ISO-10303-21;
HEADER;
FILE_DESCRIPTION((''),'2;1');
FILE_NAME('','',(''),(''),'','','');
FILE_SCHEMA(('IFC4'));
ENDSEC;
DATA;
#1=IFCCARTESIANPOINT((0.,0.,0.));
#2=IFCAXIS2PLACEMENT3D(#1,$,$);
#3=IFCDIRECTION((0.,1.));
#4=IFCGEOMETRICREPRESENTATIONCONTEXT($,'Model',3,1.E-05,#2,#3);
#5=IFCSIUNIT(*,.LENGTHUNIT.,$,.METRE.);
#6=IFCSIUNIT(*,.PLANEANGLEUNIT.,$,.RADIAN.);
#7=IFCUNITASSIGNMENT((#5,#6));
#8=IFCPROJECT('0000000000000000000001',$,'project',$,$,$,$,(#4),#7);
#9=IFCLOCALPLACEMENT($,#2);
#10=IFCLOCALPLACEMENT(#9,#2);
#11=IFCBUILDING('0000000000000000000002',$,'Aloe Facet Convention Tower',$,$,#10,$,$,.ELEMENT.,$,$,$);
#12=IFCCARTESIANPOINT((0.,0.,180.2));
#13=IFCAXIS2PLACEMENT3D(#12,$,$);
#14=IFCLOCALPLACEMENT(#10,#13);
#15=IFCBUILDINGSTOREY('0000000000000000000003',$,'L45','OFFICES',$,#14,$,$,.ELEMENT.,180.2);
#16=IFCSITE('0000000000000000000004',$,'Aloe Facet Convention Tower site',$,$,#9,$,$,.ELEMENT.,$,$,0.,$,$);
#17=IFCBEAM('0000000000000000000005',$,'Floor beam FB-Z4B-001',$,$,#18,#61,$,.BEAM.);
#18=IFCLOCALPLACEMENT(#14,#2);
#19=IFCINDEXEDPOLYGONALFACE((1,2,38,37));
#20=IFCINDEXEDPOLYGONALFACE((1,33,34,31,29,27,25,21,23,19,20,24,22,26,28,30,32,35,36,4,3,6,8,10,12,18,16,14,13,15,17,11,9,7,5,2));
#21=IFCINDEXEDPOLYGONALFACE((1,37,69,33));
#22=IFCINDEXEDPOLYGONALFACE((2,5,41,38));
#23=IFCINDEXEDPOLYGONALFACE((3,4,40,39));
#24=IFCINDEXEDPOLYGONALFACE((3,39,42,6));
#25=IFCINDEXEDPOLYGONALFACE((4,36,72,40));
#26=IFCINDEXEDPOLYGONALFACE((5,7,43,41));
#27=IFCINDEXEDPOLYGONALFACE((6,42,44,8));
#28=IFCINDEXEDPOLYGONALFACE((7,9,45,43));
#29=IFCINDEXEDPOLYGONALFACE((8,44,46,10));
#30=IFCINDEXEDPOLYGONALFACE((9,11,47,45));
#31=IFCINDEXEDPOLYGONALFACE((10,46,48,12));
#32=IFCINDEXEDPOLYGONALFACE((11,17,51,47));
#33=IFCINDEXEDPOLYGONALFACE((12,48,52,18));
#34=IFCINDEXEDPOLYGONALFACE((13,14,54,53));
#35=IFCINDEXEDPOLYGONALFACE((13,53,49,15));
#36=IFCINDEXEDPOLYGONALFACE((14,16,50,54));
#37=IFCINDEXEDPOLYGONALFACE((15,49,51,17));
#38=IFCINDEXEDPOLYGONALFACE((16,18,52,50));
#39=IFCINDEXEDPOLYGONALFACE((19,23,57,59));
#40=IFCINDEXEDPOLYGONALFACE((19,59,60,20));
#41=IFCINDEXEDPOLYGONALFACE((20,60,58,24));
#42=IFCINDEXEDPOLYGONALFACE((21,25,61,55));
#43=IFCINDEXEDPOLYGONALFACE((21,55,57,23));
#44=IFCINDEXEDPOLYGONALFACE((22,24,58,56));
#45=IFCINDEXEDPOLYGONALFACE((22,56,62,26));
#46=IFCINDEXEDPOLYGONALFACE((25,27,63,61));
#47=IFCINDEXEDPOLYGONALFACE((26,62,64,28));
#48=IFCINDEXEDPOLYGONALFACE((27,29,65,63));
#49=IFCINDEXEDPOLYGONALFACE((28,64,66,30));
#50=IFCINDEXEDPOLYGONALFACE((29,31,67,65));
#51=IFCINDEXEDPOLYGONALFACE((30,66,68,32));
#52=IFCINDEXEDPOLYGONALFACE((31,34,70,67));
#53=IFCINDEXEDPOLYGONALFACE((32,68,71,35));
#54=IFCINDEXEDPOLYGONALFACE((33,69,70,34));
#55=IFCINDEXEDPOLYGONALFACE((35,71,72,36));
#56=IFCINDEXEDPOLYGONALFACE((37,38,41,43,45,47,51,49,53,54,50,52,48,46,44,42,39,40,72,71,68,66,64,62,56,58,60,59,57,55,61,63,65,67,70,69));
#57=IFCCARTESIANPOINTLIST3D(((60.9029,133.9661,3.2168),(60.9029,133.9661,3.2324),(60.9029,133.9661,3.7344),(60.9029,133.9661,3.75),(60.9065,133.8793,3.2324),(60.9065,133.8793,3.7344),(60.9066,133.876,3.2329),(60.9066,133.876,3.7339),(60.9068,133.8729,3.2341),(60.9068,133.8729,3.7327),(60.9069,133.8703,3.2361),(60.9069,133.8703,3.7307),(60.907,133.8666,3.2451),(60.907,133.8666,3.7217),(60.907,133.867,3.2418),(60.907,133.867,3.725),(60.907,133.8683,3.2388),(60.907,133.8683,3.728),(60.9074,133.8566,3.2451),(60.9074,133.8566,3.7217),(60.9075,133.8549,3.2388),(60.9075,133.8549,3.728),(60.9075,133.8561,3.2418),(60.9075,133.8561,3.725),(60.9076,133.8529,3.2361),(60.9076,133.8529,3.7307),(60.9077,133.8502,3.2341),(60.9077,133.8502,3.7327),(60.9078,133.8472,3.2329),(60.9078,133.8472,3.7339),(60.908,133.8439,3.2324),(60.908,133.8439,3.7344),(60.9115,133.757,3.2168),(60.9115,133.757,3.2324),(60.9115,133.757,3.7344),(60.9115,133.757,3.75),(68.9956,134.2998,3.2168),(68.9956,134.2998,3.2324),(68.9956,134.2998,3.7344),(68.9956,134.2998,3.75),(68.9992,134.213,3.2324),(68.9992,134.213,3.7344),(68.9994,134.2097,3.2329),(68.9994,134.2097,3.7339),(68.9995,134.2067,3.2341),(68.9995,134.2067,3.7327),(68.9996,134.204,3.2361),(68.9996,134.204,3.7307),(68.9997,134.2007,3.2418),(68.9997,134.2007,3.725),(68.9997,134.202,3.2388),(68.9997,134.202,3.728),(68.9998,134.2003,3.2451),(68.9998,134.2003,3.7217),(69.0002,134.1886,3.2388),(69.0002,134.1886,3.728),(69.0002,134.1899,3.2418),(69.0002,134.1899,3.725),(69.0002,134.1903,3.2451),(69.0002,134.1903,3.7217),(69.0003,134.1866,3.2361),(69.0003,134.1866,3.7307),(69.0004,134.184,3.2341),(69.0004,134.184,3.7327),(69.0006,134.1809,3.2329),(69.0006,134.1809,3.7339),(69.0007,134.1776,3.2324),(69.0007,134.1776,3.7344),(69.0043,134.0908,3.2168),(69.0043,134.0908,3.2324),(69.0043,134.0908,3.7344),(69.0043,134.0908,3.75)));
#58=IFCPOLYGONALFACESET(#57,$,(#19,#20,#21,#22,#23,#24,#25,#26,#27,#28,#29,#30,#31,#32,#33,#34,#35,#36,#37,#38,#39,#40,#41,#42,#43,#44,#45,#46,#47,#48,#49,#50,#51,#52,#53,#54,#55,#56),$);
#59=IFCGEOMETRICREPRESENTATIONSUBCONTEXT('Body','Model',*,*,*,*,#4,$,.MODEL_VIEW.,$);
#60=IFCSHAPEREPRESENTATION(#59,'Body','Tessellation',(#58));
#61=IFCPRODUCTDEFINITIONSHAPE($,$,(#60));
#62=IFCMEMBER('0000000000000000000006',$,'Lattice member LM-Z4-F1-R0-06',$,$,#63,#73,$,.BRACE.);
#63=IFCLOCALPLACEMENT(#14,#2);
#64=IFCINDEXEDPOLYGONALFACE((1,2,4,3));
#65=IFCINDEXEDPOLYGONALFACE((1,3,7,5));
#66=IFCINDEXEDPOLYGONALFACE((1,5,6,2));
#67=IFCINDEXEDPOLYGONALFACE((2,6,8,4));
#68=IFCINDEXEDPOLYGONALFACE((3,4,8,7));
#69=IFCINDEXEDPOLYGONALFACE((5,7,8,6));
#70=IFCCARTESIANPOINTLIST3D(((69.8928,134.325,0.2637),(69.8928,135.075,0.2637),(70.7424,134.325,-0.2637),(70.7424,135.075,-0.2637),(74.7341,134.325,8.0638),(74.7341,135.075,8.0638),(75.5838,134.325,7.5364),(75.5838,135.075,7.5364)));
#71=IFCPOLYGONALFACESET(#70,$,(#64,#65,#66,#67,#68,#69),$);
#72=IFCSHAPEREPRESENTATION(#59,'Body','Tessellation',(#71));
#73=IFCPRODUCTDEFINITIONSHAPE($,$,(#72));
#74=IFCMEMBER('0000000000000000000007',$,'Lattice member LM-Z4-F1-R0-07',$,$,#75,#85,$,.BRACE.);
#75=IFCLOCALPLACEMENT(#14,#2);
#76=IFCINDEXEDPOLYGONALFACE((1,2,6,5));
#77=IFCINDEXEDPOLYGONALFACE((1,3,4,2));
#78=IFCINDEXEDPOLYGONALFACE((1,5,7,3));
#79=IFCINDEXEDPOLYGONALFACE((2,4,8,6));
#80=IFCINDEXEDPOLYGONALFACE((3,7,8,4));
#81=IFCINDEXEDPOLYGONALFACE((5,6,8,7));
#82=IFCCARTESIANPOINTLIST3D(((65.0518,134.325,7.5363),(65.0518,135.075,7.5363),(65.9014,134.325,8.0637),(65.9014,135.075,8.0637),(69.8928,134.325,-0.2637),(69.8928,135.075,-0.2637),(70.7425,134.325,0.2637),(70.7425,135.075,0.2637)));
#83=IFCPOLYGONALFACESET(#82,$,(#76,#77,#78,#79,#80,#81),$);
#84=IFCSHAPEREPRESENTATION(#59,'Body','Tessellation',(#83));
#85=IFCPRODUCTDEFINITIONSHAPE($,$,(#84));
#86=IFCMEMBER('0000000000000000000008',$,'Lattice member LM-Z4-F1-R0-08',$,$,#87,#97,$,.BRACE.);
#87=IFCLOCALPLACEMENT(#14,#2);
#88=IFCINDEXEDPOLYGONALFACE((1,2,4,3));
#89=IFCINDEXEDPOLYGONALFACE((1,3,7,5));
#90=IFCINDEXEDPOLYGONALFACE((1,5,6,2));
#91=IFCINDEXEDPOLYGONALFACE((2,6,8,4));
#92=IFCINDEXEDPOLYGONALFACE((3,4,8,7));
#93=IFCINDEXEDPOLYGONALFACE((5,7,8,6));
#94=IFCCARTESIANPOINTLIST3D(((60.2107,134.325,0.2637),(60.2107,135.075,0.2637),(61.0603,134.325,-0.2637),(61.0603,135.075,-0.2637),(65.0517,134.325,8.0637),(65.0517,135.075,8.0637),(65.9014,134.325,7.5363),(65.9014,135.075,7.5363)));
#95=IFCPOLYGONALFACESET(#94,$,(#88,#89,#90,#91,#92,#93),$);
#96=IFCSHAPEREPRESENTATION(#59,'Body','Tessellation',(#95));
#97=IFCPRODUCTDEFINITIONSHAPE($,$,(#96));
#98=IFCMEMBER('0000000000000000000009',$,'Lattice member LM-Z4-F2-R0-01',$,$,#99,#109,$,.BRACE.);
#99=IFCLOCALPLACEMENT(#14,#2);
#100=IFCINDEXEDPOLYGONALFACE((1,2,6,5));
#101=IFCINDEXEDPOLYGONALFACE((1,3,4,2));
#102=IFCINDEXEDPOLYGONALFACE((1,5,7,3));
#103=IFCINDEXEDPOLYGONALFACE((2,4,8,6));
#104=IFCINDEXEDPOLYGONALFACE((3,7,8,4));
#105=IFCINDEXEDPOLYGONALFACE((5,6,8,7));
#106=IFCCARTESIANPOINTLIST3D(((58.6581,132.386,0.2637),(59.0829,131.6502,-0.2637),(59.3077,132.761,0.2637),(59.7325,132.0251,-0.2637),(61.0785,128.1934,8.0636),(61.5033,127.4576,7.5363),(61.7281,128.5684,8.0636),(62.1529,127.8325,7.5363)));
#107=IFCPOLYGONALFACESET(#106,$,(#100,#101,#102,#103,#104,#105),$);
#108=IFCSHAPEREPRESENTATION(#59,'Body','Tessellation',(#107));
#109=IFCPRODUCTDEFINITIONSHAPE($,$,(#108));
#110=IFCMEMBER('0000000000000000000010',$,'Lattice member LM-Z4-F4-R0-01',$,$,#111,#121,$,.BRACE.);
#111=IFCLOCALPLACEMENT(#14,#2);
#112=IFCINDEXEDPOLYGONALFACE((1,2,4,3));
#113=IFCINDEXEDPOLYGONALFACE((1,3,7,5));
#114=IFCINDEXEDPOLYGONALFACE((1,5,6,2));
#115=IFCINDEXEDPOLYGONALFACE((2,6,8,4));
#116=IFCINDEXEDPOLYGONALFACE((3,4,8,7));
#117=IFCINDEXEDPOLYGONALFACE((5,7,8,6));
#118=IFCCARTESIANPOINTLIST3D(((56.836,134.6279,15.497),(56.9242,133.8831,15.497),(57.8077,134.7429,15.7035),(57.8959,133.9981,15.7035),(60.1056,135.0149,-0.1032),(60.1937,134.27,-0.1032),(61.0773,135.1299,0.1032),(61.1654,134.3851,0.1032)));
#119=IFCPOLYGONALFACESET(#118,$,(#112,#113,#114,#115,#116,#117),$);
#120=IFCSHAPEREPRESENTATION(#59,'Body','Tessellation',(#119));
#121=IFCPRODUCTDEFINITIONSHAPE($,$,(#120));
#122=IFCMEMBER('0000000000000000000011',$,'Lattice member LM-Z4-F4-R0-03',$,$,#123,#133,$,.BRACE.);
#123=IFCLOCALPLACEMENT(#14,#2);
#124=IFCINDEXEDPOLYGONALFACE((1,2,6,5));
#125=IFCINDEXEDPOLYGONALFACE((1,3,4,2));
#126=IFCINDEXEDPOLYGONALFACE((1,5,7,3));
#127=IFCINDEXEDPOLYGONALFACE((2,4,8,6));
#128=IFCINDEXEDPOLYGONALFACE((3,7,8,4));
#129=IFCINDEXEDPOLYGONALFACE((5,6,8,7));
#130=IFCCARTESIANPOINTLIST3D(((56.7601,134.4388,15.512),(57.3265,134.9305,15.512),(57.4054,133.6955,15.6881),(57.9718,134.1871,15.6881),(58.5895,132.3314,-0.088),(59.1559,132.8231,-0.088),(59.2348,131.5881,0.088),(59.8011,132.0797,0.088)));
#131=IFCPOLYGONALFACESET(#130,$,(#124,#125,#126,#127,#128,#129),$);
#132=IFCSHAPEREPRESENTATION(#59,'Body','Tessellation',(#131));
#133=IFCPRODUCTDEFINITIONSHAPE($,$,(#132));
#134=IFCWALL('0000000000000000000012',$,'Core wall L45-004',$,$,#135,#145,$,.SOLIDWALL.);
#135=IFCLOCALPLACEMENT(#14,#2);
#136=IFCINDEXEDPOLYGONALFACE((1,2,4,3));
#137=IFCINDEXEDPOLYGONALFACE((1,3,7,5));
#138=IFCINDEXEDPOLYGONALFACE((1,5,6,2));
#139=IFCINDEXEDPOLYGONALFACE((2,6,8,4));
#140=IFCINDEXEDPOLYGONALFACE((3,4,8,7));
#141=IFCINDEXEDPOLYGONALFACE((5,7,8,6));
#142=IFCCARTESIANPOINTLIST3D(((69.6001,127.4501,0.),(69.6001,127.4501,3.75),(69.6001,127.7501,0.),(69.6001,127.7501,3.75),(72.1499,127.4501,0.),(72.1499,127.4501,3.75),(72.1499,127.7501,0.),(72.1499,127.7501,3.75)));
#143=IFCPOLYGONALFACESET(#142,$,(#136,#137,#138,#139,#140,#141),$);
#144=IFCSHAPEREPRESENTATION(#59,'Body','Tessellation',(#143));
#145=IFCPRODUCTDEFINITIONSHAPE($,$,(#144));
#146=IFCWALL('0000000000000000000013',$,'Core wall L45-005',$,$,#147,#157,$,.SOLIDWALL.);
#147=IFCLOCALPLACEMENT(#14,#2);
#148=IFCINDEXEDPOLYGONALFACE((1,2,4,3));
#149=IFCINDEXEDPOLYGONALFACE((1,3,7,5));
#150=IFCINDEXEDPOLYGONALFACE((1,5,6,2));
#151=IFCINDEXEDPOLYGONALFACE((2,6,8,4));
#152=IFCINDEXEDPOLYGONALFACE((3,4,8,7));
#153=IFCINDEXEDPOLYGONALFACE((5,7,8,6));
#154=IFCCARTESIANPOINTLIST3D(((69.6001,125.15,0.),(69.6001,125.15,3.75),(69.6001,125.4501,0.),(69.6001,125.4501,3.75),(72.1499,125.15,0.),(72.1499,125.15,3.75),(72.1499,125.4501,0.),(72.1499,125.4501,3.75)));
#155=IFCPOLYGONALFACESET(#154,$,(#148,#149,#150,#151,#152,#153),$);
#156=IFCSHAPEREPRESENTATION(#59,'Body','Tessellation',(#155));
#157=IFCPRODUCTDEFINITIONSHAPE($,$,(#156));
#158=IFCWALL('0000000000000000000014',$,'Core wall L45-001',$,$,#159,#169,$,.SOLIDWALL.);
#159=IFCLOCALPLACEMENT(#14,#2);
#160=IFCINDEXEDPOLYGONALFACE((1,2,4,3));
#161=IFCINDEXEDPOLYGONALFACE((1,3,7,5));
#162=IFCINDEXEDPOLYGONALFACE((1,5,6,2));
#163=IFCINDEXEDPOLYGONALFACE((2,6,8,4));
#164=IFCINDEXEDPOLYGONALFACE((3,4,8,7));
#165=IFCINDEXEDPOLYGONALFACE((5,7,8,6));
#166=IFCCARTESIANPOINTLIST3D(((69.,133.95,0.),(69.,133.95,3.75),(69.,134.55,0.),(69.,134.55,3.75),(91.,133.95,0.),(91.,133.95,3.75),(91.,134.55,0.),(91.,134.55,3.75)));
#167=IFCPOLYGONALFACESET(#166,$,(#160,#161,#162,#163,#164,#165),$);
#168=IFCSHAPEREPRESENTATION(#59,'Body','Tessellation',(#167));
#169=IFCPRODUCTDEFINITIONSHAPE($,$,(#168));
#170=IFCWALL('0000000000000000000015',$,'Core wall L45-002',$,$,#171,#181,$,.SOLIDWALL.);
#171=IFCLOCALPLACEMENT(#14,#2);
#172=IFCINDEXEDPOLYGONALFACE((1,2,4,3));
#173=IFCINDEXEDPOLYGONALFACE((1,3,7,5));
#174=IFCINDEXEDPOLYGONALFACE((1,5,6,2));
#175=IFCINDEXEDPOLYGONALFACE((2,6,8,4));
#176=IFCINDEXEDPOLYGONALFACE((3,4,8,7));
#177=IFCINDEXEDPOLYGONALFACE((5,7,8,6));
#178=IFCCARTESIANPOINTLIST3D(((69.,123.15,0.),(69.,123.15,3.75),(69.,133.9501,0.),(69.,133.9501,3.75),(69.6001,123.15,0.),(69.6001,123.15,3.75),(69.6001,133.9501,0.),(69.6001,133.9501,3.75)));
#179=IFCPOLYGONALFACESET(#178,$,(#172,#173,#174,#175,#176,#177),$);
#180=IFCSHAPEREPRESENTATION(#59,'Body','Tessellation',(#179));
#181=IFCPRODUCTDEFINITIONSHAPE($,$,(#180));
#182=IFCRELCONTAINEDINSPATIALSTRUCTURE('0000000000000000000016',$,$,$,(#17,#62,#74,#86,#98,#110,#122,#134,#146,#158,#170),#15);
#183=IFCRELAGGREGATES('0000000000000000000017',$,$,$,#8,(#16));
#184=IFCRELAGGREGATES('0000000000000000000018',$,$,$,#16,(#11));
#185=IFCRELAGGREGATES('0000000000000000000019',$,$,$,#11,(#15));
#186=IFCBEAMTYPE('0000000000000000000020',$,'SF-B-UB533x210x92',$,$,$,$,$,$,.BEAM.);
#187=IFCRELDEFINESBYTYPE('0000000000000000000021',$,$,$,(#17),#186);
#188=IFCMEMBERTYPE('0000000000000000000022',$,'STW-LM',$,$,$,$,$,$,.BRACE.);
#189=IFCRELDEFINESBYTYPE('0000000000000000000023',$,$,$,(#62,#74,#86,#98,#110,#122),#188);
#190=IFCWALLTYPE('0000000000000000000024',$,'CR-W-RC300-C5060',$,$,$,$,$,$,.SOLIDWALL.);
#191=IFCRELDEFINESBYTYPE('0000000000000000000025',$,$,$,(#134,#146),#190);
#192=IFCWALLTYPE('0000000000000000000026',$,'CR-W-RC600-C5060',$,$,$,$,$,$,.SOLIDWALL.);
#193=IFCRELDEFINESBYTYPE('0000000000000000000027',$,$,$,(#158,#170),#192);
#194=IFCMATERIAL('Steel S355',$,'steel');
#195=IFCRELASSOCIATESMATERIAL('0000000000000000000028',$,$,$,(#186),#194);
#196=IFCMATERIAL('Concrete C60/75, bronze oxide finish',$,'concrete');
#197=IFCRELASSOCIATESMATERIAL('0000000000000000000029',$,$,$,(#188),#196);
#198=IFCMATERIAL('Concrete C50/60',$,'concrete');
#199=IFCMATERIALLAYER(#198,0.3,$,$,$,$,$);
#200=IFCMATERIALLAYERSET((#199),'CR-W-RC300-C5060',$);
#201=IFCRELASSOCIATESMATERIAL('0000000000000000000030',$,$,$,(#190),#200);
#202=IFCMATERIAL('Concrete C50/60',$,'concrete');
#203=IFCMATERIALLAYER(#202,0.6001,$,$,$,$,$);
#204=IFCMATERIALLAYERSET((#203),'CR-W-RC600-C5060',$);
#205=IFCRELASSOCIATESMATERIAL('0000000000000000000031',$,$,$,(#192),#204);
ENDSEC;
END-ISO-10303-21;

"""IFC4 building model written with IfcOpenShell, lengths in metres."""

from ifc_helpers import new_model, si_unit, direction, frame, frame_2d, origin, origin_2d, place, context, subcontext, project, spatial, rectangle, i_section, extrude, material, layer, layer_set, material_profile, profile_set, type_object, element, save


model = new_model("IFC4")

# Units and contexts
model_context = context("Model", 3, precision=1e-05, world=origin(), true_north=direction((0.0, 1.0)))
body_context = subcontext(model_context, "Body", "Model", "MODEL_VIEW")
ifc_project = project(units=[si_unit("LENGTHUNIT", "METRE"), si_unit("PLANEANGLEUNIT", "RADIAN")], contexts=[model_context])

# Site, building, storey
site_placement = place(None, origin())
site = spatial("IfcSite", under=ifc_project, at=site_placement, Name="Aloe Facet Convention Tower site", CompositionType="ELEMENT", RefElevation=0.0)
building_placement = place(site_placement, origin())
building = spatial("IfcBuilding", under=site, at=building_placement, Name="Aloe Facet Convention Tower", CompositionType="ELEMENT")
storey_placement = place(building_placement, frame((0.0, 0.0, 180.2)))
storey = spatial("IfcBuildingStorey", under=building, at=storey_placement, Name="L45", Description="OFFICES", CompositionType="ELEMENT", Elevation=180.2)

# Beam
ifc_material_1 = material(Name="Steel S355", Category="steel")
ifc_material_profile_1 = material_profile(ifc_material_1, i_section(OverallWidth=0.2092, OverallDepth=0.5332, WebThickness=0.01, FlangeThickness=0.0156, FilletRadius=0.0127, at=origin_2d()), Name="UB 533x210x92")
ifc_profile_set_1 = profile_set([ifc_material_profile_1], Name="Steel S355")
beam_type_1 = type_object("IfcBeamType", Name="SF-B-UB533x210x92", PredefinedType="BEAM", material=ifc_profile_set_1)
beam_1_placement = place(storey_placement, frame((60.9072, 133.8616, 3.4834), z_axis=(0.999151, 0.041204, 0.0), x_axis=(-0.041204, 0.999151, 0.0)))
element("IfcBeam", 1, at=beam_1_placement, inside=storey, type_object=beam_type_1, Name="Floor beam FB-Z4B-001", PredefinedType="BEAM", context=body_context, shape_type="SweptSolid", body=[
    extrude(i_section(OverallWidth=0.2092, OverallDepth=0.5332, WebThickness=0.01, FlangeThickness=0.0156, FilletRadius=0.0127, at=origin_2d()), origin(), (0.0, 0.0, 1.0), 8.0996),
])

# Members
ifc_material_2 = material(Name="Concrete C60/75, bronze oxide finish", Category="concrete")
ifc_material_profile_2 = material_profile(ifc_material_2, rectangle(XDim=0.75, YDim=1.0, at=origin_2d()), Name="STW-LM")
ifc_profile_set_2 = profile_set([ifc_material_profile_2], Name="Concrete C60/75, bronze oxide finish")
member_type = type_object("IfcMemberType", Name="STW-LM", PredefinedType="BRACE", material=ifc_profile_set_2)
member_1_placement = place(storey_placement, frame((70.3176, 134.7, 0.0), z_axis=(0.527355, 0.0, 0.849645), x_axis=(0.0, 1.0, 0.0)))
element("IfcMember", 2, at=member_1_placement, inside=storey, type_object=member_type, Name="Lattice member LM-Z4-F1-R0-06", PredefinedType="BRACE", context=body_context, shape_type="SweptSolid", body=[
    extrude(rectangle(XDim=0.75, YDim=1.0, at=origin_2d()), origin(), (0.0, 0.0, 1.0), 9.1804),
])
for number, where, z_axis, x_axis, name in (
    (3, (70.3176, 134.7, 0.0), (-0.527336, 0.0, 0.849657), (0.0, -1.0, 0.0), "Lattice member LM-Z4-F1-R0-07"),
    (4, (60.6355, 134.7, 0.0), (0.527336, 0.0, 0.849657), (0.0, 1.0, 0.0), "Lattice member LM-Z4-F1-R0-08"),
    (5, (59.1953, 132.2056, 0.0), (0.263654, -0.4567, 0.849654), (0.866044, 0.499968, 0.0), "Lattice member LM-Z4-F2-R0-01"),
):
    element("IfcMember", number, at=place(storey_placement, frame(where, z_axis=z_axis, x_axis=x_axis)), inside=storey, type_object=member_type, Name=name, PredefinedType="BRACE", context=body_context, shape_type="SweptSolid", body=[
        extrude(rectangle(XDim=0.75, YDim=1.0, at=origin_2d()), origin(), (0.0, 0.0, 1.0), 9.1802),
    ])
member_2_placement = place(storey_placement, frame((60.6355, 134.7, 0.0), z_axis=(-0.205067, -0.024271, 0.978447), x_axis=(0.117534, -0.993069, 0.0)))
element("IfcMember", 6, at=member_2_placement, inside=storey, type_object=member_type, Name="Lattice member LM-Z4-F4-R0-01", PredefinedType="BRACE", context=body_context, shape_type="SweptSolid", body=[
    extrude(rectangle(XDim=0.75, YDim=1.0, at=origin_2d()), origin(), (0.0, 0.0, 1.0), 15.9438),
])
member_3_placement = place(storey_placement, frame((59.1953, 132.2056, 0.0), z_axis=(-0.115433, 0.132979, 0.984374), x_axis=(-0.755172, -0.655527, 0.0)))
element("IfcMember", 7, at=member_3_placement, inside=storey, type_object=member_type, Name="Lattice member LM-Z4-F4-R0-03", PredefinedType="BRACE", context=body_context, shape_type="SweptSolid", body=[
    extrude(rectangle(XDim=0.75, YDim=1.0, at=origin_2d()), origin(), (0.0, 0.0, 1.0), 15.8477),
])

# Walls
ifc_material_3 = material(Name="Concrete C50/60", Category="concrete")
ifc_layer_1 = layer(ifc_material_3, 0.3)
ifc_layer_set_1 = layer_set([ifc_layer_1], Name="CR-W-RC300-C5060")
wall_type_1 = type_object("IfcWallType", Name="CR-W-RC300-C5060", PredefinedType="SOLIDWALL", material=ifc_layer_set_1)
for number, where, z_axis, x_axis, name in (
    (8, (69.6001, 127.6001, 0.0), (0.0, 0.0, 1.0), (1.0, 0.0, 0.0), "Core wall L45-004"),
    (9, (69.6001, 125.3, 0.0), (0.0, 0.0, 1.0), (1.0, 0.0, 0.0), "Core wall L45-005"),
):
    element("IfcWall", number, at=place(storey_placement, frame(where, z_axis=z_axis, x_axis=x_axis)), inside=storey, type_object=wall_type_1, Name=name, PredefinedType="SOLIDWALL", context=body_context, shape_type="SweptSolid", body=[
        extrude(rectangle(XDim=2.5498, YDim=0.3, at=frame_2d((1.2749, 0.0))), origin(), (0.0, 0.0, 1.0), 3.75),
    ])
ifc_material_4 = material(Name="Concrete C50/60", Category="concrete")
ifc_layer_2 = layer(ifc_material_4, 0.6001)
ifc_layer_set_2 = layer_set([ifc_layer_2], Name="CR-W-RC600-C5060")
wall_type_2 = type_object("IfcWallType", Name="CR-W-RC600-C5060", PredefinedType="SOLIDWALL", material=ifc_layer_set_2)
wall_1_placement = place(storey_placement, frame((69.0, 134.25, 0.0), z_axis=(0.0, 0.0, 1.0), x_axis=(1.0, 0.0, 0.0)))
element("IfcWall", 10, at=wall_1_placement, inside=storey, type_object=wall_type_2, Name="Core wall L45-001", PredefinedType="SOLIDWALL", context=body_context, shape_type="SweptSolid", body=[
    extrude(rectangle(XDim=22.0, YDim=0.6001, at=frame_2d((11.0, 0.0))), origin(), (0.0, 0.0, 1.0), 3.75),
])
wall_2_placement = place(storey_placement, frame((69.3, 133.95, 0.0), z_axis=(0.0, 0.0, 1.0), x_axis=(0.0, -1.0, 0.0)))
element("IfcWall", 11, at=wall_2_placement, inside=storey, type_object=wall_type_2, Name="Core wall L45-002", PredefinedType="SOLIDWALL", context=body_context, shape_type="SweptSolid", body=[
    extrude(rectangle(XDim=10.8, YDim=0.6001, at=frame_2d((5.3999, 0.0))), origin(), (0.0, 0.0, 1.0), 3.75),
])

save(model, "model.ifc")
